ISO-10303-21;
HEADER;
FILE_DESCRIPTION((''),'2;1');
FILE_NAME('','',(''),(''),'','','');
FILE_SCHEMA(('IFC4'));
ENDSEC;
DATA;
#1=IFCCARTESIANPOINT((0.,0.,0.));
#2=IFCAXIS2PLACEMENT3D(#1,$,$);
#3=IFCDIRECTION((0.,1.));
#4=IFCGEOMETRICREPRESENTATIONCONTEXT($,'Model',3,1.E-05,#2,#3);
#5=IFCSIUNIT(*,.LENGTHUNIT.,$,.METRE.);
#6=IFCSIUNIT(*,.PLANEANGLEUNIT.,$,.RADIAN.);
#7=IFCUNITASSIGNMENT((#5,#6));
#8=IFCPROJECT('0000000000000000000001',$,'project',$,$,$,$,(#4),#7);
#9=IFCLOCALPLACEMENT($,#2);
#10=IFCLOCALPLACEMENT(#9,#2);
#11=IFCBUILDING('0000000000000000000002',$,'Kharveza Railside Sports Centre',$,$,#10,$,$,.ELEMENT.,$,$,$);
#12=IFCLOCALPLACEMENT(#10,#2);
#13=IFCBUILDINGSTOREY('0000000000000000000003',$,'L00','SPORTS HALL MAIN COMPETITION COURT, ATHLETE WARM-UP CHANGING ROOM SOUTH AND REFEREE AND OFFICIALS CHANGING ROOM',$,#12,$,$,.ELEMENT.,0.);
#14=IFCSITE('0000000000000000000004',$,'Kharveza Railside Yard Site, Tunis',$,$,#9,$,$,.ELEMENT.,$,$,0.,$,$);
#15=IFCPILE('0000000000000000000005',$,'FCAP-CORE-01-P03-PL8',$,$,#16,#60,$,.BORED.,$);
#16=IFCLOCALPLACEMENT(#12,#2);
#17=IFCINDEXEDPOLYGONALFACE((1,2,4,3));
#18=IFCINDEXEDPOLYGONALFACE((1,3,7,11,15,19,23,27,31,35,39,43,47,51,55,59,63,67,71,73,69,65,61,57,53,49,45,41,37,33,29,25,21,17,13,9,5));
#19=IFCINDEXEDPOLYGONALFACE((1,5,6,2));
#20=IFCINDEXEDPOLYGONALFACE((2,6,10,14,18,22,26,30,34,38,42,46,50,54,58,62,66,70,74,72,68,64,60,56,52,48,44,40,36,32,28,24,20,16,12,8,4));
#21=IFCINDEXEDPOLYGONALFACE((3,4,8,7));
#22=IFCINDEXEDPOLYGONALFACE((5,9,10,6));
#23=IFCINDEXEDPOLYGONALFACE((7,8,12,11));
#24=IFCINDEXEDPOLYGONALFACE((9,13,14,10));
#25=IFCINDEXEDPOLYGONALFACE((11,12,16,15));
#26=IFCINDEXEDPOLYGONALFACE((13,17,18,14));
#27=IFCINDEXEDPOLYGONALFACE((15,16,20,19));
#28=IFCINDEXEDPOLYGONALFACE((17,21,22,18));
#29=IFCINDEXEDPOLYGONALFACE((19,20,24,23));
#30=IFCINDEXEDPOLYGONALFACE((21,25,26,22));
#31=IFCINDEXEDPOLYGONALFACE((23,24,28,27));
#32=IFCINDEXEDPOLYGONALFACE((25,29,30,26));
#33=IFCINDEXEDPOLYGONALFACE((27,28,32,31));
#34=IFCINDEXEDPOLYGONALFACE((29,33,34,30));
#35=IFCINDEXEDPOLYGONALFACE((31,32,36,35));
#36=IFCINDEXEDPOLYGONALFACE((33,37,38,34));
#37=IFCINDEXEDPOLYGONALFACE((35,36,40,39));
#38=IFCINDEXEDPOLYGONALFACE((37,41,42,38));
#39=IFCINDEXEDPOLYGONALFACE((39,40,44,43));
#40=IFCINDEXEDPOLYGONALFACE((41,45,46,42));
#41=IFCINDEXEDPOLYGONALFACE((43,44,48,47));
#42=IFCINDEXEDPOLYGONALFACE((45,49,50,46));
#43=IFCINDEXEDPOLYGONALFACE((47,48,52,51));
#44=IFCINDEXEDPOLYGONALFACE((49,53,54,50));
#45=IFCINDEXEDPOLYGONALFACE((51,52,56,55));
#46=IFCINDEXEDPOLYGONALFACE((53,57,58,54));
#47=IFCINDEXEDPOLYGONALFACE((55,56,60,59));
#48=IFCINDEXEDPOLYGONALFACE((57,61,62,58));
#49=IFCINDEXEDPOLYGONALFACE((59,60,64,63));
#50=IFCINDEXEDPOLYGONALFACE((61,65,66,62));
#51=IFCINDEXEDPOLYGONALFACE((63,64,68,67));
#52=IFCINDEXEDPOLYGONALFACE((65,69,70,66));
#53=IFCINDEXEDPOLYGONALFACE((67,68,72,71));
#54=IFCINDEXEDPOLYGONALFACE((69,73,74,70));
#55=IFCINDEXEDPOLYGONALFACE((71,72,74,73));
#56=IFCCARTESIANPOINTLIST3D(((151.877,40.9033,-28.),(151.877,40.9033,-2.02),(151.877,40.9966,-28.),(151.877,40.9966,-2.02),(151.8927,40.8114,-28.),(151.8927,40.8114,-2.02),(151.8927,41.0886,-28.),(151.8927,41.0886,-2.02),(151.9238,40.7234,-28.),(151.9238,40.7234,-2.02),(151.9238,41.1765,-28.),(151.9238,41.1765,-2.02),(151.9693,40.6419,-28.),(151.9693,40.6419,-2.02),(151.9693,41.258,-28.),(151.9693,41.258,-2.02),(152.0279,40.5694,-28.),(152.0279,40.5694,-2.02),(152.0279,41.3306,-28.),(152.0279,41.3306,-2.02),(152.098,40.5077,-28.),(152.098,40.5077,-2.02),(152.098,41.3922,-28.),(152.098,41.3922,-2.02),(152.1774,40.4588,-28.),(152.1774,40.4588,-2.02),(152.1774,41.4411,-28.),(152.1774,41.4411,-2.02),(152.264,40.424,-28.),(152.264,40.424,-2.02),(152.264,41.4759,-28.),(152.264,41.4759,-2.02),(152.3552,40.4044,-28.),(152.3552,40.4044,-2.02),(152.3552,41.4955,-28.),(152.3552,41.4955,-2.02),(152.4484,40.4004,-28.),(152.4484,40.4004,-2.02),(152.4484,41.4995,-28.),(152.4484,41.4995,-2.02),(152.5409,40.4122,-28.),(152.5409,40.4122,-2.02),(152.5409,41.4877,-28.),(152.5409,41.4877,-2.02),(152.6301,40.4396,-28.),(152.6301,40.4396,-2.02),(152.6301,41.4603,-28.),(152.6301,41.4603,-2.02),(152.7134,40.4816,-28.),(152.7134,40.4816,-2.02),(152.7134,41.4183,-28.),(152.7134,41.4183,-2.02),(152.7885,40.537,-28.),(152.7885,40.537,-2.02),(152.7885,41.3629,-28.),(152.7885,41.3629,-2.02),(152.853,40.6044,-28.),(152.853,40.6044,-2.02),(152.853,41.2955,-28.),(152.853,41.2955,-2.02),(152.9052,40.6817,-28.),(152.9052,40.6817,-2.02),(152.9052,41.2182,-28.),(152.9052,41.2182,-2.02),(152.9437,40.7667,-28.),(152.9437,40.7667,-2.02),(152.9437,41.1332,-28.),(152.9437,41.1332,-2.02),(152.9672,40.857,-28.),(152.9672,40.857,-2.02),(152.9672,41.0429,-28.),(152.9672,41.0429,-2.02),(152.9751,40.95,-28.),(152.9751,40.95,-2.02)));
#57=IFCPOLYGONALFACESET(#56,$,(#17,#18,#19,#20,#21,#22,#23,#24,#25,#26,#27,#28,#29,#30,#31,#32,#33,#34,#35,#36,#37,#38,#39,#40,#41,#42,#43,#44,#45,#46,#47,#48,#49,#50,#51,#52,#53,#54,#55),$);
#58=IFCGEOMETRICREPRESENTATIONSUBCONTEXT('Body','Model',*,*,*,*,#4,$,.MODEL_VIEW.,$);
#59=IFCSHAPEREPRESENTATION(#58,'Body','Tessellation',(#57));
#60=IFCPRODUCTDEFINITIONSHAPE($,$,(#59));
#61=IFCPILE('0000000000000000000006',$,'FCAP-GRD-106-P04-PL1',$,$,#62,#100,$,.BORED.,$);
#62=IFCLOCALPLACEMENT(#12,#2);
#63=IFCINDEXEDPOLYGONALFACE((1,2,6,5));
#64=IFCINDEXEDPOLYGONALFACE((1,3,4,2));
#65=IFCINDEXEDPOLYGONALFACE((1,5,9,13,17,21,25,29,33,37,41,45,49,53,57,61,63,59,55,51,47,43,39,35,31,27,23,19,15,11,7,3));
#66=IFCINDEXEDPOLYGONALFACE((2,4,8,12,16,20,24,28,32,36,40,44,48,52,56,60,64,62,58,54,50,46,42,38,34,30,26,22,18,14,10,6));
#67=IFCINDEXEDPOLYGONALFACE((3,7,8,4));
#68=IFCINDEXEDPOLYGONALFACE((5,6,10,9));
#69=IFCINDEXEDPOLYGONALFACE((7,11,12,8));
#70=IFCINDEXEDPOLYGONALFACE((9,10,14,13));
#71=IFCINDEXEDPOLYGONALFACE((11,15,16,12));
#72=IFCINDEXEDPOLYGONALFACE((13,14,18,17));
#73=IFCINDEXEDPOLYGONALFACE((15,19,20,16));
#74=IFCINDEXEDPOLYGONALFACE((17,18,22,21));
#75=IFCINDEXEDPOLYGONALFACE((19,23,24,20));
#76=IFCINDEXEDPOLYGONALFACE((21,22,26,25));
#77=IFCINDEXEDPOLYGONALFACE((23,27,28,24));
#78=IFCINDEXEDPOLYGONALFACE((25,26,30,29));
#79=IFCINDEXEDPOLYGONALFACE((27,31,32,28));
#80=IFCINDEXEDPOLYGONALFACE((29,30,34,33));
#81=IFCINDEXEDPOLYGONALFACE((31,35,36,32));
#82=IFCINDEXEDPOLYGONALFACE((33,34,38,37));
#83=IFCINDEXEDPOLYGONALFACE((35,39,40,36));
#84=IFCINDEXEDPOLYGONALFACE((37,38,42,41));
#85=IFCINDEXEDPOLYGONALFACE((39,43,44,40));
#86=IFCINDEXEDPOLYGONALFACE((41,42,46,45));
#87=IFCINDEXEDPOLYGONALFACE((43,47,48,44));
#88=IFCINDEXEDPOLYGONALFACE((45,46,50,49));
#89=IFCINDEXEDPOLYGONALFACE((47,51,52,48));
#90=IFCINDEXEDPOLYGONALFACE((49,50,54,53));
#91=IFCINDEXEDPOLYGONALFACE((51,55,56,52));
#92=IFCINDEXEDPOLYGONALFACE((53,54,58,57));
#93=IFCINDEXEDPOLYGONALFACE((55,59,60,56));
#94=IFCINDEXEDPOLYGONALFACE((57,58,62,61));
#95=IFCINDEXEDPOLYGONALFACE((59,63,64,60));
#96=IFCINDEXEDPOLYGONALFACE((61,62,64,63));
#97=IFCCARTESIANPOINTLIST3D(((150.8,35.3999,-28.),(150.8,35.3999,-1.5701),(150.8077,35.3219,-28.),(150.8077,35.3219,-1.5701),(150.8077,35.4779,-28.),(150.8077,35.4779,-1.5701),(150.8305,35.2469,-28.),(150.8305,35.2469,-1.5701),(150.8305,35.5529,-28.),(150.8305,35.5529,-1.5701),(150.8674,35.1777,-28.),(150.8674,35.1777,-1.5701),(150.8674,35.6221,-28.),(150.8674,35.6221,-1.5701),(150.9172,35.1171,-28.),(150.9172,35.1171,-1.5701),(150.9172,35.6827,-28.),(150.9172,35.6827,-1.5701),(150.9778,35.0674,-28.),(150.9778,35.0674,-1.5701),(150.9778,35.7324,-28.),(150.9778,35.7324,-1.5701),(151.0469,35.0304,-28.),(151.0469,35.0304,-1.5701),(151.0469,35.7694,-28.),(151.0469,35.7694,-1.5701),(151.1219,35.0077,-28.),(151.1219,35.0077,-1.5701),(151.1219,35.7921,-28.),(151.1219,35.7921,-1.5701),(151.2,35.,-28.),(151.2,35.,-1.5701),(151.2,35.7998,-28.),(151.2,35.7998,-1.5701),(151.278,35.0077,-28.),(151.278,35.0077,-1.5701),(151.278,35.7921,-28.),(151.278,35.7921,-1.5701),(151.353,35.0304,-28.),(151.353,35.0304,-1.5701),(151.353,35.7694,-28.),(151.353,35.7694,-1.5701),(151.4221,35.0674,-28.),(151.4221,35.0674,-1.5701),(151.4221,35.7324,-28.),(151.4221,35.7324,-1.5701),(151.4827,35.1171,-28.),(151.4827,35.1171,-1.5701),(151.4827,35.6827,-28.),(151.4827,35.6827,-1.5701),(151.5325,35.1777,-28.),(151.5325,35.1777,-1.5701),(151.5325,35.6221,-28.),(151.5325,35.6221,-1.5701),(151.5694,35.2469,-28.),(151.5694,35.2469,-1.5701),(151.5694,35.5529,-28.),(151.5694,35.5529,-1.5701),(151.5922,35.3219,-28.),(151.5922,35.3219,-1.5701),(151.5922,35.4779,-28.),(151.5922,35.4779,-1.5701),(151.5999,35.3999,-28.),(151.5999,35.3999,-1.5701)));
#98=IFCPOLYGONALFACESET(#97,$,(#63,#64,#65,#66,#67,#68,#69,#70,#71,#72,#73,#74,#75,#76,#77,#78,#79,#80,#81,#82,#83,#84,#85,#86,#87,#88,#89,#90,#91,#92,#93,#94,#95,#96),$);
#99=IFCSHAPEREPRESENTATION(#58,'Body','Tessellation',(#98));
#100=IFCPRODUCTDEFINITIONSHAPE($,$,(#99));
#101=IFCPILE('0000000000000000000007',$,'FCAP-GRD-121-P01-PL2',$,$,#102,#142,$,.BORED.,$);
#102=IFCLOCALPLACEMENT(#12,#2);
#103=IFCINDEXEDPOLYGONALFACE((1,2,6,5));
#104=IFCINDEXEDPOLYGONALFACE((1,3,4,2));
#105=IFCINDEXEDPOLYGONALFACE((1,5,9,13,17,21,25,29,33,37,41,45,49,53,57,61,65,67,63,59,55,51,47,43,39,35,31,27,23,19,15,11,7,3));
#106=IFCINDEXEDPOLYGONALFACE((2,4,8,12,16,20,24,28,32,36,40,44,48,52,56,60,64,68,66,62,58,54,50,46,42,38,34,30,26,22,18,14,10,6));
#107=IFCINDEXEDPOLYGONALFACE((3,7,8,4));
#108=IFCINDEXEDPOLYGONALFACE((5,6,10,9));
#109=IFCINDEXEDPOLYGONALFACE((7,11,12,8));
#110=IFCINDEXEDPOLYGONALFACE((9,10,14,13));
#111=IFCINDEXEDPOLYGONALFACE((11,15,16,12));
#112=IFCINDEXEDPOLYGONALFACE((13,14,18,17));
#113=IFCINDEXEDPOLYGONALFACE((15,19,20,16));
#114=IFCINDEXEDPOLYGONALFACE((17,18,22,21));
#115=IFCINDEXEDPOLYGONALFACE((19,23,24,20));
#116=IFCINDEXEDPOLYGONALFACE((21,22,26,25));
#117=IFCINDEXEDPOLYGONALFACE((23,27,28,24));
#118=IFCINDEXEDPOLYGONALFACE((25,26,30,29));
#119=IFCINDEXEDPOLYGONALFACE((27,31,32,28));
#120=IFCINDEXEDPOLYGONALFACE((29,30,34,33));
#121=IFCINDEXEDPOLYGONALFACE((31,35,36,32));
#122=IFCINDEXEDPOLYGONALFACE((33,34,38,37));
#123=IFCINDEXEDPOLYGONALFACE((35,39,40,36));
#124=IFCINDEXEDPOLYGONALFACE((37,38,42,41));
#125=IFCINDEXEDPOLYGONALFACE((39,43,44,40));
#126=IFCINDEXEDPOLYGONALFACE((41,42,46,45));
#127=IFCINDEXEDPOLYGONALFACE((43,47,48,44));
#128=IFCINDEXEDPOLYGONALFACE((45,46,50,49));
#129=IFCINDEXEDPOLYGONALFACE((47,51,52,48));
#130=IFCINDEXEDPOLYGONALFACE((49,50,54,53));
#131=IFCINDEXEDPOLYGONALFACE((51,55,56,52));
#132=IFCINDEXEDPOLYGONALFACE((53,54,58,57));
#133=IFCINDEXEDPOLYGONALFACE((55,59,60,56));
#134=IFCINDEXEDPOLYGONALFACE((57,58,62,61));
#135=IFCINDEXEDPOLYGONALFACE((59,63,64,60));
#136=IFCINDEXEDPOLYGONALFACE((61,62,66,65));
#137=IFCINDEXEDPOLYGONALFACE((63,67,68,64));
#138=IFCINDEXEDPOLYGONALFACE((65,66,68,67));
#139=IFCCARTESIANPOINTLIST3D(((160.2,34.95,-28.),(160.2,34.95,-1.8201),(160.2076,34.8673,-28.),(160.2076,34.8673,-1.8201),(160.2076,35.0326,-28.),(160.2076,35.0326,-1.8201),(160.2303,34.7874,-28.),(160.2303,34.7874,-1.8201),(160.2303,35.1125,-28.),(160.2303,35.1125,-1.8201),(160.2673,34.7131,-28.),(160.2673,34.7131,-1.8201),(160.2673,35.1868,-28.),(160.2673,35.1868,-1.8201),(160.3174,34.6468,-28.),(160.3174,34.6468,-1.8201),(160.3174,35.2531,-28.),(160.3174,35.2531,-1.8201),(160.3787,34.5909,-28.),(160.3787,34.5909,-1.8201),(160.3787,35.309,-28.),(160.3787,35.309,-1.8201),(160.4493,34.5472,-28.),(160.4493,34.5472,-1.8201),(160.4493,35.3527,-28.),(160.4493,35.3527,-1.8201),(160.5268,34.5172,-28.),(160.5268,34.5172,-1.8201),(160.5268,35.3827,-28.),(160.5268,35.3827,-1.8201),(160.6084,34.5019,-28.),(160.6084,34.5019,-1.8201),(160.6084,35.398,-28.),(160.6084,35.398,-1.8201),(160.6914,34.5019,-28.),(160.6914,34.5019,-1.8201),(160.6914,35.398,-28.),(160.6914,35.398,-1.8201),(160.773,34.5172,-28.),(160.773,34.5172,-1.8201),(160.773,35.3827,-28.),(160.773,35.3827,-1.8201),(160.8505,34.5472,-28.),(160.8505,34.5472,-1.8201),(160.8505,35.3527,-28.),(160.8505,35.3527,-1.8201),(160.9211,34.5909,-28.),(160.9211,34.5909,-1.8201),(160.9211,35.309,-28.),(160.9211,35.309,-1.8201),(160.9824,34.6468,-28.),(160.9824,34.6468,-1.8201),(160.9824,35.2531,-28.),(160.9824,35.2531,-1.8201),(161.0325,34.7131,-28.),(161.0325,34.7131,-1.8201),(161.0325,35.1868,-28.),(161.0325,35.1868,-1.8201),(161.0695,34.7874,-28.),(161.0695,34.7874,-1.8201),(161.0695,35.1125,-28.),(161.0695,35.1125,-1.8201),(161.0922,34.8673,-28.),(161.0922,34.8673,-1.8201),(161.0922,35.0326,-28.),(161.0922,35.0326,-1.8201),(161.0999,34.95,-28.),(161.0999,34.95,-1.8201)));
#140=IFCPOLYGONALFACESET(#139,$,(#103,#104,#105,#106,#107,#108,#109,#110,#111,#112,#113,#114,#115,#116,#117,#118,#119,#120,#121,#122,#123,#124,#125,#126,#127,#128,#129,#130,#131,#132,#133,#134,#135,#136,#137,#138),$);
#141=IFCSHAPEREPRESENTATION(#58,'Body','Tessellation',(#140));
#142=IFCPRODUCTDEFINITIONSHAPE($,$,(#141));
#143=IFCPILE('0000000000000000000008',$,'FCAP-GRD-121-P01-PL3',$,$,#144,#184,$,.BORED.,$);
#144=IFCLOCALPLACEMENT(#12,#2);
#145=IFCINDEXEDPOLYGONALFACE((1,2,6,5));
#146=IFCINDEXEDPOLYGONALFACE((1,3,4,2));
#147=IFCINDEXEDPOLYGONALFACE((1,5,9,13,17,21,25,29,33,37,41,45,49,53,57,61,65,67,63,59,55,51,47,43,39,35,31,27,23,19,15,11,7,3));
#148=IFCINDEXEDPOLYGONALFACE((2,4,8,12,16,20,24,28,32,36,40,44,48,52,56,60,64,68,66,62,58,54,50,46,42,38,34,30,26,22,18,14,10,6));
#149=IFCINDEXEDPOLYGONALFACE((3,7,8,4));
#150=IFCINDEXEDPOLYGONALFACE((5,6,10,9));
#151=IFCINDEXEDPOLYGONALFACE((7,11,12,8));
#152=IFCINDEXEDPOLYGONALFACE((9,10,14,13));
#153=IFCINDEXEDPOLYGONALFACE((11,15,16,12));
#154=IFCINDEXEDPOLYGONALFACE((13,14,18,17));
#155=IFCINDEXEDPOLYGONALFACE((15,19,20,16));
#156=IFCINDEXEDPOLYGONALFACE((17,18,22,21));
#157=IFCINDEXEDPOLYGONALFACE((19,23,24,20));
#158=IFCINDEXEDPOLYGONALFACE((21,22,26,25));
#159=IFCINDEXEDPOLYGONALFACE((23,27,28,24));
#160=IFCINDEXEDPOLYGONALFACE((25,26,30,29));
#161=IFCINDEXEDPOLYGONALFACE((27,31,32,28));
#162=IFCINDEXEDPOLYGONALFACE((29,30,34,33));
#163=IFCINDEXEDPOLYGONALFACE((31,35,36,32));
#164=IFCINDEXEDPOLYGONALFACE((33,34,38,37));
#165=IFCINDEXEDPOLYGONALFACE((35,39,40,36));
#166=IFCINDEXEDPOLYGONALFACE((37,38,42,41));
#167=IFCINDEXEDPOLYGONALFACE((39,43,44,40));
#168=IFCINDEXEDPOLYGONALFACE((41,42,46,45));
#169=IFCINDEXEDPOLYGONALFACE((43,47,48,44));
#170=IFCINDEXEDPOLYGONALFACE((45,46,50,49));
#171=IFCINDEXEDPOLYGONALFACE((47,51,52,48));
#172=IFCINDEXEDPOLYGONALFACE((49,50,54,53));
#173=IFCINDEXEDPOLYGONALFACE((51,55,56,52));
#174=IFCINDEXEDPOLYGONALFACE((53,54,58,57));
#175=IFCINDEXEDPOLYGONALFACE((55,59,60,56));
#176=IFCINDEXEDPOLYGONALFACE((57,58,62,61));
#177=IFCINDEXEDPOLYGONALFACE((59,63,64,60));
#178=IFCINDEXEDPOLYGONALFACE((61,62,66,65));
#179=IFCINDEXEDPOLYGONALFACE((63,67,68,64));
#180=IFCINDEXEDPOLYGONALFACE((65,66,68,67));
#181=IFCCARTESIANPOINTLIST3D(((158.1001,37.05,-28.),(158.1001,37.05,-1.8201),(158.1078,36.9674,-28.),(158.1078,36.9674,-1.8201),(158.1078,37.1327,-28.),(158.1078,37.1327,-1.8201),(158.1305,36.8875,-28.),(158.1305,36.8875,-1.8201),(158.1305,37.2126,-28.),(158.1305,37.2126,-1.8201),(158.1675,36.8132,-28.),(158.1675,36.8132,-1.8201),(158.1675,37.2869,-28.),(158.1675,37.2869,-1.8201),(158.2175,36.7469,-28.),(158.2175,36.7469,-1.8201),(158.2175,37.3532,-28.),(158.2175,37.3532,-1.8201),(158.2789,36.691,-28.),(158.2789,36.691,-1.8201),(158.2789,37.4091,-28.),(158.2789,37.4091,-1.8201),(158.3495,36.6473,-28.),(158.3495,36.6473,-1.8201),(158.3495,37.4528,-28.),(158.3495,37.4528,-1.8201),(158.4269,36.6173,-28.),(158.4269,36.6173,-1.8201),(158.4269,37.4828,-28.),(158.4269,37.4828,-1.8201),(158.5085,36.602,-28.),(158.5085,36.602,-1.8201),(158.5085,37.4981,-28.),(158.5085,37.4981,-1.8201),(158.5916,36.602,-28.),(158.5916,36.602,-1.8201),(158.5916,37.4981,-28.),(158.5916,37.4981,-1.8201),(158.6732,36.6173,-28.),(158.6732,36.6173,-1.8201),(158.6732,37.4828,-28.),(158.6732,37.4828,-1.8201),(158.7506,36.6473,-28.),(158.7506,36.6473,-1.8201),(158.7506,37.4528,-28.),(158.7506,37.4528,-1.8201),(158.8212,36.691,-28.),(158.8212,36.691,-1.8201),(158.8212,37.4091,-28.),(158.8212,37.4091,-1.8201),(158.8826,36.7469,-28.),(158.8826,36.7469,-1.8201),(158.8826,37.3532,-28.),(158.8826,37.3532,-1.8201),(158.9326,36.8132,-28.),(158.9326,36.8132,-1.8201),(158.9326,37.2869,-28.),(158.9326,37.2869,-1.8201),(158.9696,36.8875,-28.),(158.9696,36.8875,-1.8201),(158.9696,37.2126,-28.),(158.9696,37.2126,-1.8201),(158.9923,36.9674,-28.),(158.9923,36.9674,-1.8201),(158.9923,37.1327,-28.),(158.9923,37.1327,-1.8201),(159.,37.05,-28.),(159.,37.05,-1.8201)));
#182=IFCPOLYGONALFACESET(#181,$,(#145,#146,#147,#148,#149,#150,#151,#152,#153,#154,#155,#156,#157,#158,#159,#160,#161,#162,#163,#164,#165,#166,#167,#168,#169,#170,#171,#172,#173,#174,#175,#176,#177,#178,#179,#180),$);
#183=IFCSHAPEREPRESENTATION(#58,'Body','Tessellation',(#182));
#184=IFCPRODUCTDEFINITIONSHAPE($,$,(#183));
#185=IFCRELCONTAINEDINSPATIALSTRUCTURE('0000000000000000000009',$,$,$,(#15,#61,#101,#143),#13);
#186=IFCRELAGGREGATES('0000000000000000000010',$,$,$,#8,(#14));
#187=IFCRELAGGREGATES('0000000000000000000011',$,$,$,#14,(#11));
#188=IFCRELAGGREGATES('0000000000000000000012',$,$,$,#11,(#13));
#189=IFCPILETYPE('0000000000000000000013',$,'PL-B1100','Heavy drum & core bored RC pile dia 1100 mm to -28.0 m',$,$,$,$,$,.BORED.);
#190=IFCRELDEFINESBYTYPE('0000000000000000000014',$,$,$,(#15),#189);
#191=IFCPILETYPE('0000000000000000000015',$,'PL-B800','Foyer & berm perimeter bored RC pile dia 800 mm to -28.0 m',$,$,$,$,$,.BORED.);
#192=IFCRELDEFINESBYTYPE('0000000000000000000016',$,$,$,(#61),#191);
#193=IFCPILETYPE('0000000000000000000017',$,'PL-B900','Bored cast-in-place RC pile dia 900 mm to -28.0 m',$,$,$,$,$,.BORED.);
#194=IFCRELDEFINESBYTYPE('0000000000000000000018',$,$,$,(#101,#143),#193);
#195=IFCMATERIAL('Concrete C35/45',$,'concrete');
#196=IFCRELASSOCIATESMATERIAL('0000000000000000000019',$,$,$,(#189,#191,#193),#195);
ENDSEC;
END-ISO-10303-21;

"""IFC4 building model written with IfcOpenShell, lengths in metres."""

from ifc_helpers import new_model, si_unit, direction, frame, origin, origin_2d, place, context, subcontext, project, spatial, circle, extrude, material, material_profile, profile_set, type_object, element, save


model = new_model("IFC4")

# Units and contexts
model_context = context("Model", 3, precision=1e-05, world=origin(), true_north=direction((0.0, 1.0)))
body_context = subcontext(model_context, "Body", "Model", "MODEL_VIEW")
ifc_project = project(units=[si_unit("LENGTHUNIT", "METRE"), si_unit("PLANEANGLEUNIT", "RADIAN")], contexts=[model_context])

# Site, building, storey
site_placement = place(None, origin())
site = spatial("IfcSite", under=ifc_project, at=site_placement, Name="Kharveza Railside Yard Site, Tunis", CompositionType="ELEMENT", RefElevation=0.0)
building_placement = place(site_placement, origin())
building = spatial("IfcBuilding", under=site, at=building_placement, Name="Kharveza Railside Sports Centre", CompositionType="ELEMENT")
storey_placement = place(building_placement, origin())
storey = spatial("IfcBuildingStorey", under=building, at=storey_placement, Name="L00", Description="SPORTS HALL MAIN COMPETITION COURT, ATHLETE WARM-UP CHANGING ROOM SOUTH AND REFEREE AND OFFICIALS CHANGING ROOM", CompositionType="ELEMENT", Elevation=0.0)

# Shared definitions
ifc_material_1 = material(Name="Concrete C35/45", Category="concrete")

# Piles
ifc_material_profile_1 = material_profile(ifc_material_1, circle(Radius=0.55, at=origin_2d()), Name="PILE D1100")
ifc_profile_set_1 = profile_set([ifc_material_profile_1], Name="Concrete C35/45")
pile_type_1 = type_object("IfcPileType", Name="PL-B1100", Description="Heavy drum & core bored RC pile dia 1100 mm to -28.0 m", PredefinedType="BORED", material=ifc_profile_set_1)
for number, where, z_axis, x_axis, name in (
    (1, (152.425, 40.95, -2.02), (0.0, 0.0, -1.0), (1.0, 0.0, 0.0), "FCAP-CORE-01-P03-PL8"),
):
    element("IfcPile", number, at=place(storey_placement, frame(where, z_axis=z_axis, x_axis=x_axis)), inside=storey, type_object=pile_type_1, Name=name, PredefinedType="BORED", context=body_context, shape_type="SweptSolid", body=[
        extrude(circle(Radius=0.55, at=origin_2d()), origin(), (0.0, 0.0, 1.0), 25.98),
    ])
ifc_material_profile_2 = material_profile(ifc_material_1, circle(Radius=0.3999, at=origin_2d()), Name="PILE D800")
ifc_profile_set_2 = profile_set([ifc_material_profile_2], Name="Concrete C35/45")
pile_type_2 = type_object("IfcPileType", Name="PL-B800", Description="Foyer & berm perimeter bored RC pile dia 800 mm to -28.0 m", PredefinedType="BORED", material=ifc_profile_set_2)
pile_1_placement = place(storey_placement, frame((151.2, 35.3999, -1.5701), z_axis=(0.0, 0.0, -1.0), x_axis=(1.0, 0.0, 0.0)))
element("IfcPile", 2, at=pile_1_placement, inside=storey, type_object=pile_type_2, Name="FCAP-GRD-106-P04-PL1", PredefinedType="BORED", context=body_context, shape_type="SweptSolid", body=[
    extrude(circle(Radius=0.3999, at=origin_2d()), origin(), (0.0, 0.0, 1.0), 26.4299),
])
ifc_material_profile_3 = material_profile(ifc_material_1, circle(Radius=0.45, at=origin_2d()), Name="PILE D900")
ifc_profile_set_3 = profile_set([ifc_material_profile_3], Name="Concrete C35/45")
pile_type_3 = type_object("IfcPileType", Name="PL-B900", Description="Bored cast-in-place RC pile dia 900 mm to -28.0 m", PredefinedType="BORED", material=ifc_profile_set_3)
for number, where, z_axis, x_axis, name in (
    (3, (160.6499, 34.95, -1.8201), (0.0, 0.0, -1.0), (1.0, 0.0, 0.0), "FCAP-GRD-121-P01-PL2"),
    (4, (158.55, 37.05, -1.8201), (0.0, 0.0, -1.0), (1.0, 0.0, 0.0), "FCAP-GRD-121-P01-PL3"),
):
    element("IfcPile", number, at=place(storey_placement, frame(where, z_axis=z_axis, x_axis=x_axis)), inside=storey, type_object=pile_type_3, Name=name, PredefinedType="BORED", context=body_context, shape_type="SweptSolid", body=[
        extrude(circle(Radius=0.45, at=origin_2d()), origin(), (0.0, 0.0, 1.0), 26.1799),
    ])

save(model, "model.ifc")
